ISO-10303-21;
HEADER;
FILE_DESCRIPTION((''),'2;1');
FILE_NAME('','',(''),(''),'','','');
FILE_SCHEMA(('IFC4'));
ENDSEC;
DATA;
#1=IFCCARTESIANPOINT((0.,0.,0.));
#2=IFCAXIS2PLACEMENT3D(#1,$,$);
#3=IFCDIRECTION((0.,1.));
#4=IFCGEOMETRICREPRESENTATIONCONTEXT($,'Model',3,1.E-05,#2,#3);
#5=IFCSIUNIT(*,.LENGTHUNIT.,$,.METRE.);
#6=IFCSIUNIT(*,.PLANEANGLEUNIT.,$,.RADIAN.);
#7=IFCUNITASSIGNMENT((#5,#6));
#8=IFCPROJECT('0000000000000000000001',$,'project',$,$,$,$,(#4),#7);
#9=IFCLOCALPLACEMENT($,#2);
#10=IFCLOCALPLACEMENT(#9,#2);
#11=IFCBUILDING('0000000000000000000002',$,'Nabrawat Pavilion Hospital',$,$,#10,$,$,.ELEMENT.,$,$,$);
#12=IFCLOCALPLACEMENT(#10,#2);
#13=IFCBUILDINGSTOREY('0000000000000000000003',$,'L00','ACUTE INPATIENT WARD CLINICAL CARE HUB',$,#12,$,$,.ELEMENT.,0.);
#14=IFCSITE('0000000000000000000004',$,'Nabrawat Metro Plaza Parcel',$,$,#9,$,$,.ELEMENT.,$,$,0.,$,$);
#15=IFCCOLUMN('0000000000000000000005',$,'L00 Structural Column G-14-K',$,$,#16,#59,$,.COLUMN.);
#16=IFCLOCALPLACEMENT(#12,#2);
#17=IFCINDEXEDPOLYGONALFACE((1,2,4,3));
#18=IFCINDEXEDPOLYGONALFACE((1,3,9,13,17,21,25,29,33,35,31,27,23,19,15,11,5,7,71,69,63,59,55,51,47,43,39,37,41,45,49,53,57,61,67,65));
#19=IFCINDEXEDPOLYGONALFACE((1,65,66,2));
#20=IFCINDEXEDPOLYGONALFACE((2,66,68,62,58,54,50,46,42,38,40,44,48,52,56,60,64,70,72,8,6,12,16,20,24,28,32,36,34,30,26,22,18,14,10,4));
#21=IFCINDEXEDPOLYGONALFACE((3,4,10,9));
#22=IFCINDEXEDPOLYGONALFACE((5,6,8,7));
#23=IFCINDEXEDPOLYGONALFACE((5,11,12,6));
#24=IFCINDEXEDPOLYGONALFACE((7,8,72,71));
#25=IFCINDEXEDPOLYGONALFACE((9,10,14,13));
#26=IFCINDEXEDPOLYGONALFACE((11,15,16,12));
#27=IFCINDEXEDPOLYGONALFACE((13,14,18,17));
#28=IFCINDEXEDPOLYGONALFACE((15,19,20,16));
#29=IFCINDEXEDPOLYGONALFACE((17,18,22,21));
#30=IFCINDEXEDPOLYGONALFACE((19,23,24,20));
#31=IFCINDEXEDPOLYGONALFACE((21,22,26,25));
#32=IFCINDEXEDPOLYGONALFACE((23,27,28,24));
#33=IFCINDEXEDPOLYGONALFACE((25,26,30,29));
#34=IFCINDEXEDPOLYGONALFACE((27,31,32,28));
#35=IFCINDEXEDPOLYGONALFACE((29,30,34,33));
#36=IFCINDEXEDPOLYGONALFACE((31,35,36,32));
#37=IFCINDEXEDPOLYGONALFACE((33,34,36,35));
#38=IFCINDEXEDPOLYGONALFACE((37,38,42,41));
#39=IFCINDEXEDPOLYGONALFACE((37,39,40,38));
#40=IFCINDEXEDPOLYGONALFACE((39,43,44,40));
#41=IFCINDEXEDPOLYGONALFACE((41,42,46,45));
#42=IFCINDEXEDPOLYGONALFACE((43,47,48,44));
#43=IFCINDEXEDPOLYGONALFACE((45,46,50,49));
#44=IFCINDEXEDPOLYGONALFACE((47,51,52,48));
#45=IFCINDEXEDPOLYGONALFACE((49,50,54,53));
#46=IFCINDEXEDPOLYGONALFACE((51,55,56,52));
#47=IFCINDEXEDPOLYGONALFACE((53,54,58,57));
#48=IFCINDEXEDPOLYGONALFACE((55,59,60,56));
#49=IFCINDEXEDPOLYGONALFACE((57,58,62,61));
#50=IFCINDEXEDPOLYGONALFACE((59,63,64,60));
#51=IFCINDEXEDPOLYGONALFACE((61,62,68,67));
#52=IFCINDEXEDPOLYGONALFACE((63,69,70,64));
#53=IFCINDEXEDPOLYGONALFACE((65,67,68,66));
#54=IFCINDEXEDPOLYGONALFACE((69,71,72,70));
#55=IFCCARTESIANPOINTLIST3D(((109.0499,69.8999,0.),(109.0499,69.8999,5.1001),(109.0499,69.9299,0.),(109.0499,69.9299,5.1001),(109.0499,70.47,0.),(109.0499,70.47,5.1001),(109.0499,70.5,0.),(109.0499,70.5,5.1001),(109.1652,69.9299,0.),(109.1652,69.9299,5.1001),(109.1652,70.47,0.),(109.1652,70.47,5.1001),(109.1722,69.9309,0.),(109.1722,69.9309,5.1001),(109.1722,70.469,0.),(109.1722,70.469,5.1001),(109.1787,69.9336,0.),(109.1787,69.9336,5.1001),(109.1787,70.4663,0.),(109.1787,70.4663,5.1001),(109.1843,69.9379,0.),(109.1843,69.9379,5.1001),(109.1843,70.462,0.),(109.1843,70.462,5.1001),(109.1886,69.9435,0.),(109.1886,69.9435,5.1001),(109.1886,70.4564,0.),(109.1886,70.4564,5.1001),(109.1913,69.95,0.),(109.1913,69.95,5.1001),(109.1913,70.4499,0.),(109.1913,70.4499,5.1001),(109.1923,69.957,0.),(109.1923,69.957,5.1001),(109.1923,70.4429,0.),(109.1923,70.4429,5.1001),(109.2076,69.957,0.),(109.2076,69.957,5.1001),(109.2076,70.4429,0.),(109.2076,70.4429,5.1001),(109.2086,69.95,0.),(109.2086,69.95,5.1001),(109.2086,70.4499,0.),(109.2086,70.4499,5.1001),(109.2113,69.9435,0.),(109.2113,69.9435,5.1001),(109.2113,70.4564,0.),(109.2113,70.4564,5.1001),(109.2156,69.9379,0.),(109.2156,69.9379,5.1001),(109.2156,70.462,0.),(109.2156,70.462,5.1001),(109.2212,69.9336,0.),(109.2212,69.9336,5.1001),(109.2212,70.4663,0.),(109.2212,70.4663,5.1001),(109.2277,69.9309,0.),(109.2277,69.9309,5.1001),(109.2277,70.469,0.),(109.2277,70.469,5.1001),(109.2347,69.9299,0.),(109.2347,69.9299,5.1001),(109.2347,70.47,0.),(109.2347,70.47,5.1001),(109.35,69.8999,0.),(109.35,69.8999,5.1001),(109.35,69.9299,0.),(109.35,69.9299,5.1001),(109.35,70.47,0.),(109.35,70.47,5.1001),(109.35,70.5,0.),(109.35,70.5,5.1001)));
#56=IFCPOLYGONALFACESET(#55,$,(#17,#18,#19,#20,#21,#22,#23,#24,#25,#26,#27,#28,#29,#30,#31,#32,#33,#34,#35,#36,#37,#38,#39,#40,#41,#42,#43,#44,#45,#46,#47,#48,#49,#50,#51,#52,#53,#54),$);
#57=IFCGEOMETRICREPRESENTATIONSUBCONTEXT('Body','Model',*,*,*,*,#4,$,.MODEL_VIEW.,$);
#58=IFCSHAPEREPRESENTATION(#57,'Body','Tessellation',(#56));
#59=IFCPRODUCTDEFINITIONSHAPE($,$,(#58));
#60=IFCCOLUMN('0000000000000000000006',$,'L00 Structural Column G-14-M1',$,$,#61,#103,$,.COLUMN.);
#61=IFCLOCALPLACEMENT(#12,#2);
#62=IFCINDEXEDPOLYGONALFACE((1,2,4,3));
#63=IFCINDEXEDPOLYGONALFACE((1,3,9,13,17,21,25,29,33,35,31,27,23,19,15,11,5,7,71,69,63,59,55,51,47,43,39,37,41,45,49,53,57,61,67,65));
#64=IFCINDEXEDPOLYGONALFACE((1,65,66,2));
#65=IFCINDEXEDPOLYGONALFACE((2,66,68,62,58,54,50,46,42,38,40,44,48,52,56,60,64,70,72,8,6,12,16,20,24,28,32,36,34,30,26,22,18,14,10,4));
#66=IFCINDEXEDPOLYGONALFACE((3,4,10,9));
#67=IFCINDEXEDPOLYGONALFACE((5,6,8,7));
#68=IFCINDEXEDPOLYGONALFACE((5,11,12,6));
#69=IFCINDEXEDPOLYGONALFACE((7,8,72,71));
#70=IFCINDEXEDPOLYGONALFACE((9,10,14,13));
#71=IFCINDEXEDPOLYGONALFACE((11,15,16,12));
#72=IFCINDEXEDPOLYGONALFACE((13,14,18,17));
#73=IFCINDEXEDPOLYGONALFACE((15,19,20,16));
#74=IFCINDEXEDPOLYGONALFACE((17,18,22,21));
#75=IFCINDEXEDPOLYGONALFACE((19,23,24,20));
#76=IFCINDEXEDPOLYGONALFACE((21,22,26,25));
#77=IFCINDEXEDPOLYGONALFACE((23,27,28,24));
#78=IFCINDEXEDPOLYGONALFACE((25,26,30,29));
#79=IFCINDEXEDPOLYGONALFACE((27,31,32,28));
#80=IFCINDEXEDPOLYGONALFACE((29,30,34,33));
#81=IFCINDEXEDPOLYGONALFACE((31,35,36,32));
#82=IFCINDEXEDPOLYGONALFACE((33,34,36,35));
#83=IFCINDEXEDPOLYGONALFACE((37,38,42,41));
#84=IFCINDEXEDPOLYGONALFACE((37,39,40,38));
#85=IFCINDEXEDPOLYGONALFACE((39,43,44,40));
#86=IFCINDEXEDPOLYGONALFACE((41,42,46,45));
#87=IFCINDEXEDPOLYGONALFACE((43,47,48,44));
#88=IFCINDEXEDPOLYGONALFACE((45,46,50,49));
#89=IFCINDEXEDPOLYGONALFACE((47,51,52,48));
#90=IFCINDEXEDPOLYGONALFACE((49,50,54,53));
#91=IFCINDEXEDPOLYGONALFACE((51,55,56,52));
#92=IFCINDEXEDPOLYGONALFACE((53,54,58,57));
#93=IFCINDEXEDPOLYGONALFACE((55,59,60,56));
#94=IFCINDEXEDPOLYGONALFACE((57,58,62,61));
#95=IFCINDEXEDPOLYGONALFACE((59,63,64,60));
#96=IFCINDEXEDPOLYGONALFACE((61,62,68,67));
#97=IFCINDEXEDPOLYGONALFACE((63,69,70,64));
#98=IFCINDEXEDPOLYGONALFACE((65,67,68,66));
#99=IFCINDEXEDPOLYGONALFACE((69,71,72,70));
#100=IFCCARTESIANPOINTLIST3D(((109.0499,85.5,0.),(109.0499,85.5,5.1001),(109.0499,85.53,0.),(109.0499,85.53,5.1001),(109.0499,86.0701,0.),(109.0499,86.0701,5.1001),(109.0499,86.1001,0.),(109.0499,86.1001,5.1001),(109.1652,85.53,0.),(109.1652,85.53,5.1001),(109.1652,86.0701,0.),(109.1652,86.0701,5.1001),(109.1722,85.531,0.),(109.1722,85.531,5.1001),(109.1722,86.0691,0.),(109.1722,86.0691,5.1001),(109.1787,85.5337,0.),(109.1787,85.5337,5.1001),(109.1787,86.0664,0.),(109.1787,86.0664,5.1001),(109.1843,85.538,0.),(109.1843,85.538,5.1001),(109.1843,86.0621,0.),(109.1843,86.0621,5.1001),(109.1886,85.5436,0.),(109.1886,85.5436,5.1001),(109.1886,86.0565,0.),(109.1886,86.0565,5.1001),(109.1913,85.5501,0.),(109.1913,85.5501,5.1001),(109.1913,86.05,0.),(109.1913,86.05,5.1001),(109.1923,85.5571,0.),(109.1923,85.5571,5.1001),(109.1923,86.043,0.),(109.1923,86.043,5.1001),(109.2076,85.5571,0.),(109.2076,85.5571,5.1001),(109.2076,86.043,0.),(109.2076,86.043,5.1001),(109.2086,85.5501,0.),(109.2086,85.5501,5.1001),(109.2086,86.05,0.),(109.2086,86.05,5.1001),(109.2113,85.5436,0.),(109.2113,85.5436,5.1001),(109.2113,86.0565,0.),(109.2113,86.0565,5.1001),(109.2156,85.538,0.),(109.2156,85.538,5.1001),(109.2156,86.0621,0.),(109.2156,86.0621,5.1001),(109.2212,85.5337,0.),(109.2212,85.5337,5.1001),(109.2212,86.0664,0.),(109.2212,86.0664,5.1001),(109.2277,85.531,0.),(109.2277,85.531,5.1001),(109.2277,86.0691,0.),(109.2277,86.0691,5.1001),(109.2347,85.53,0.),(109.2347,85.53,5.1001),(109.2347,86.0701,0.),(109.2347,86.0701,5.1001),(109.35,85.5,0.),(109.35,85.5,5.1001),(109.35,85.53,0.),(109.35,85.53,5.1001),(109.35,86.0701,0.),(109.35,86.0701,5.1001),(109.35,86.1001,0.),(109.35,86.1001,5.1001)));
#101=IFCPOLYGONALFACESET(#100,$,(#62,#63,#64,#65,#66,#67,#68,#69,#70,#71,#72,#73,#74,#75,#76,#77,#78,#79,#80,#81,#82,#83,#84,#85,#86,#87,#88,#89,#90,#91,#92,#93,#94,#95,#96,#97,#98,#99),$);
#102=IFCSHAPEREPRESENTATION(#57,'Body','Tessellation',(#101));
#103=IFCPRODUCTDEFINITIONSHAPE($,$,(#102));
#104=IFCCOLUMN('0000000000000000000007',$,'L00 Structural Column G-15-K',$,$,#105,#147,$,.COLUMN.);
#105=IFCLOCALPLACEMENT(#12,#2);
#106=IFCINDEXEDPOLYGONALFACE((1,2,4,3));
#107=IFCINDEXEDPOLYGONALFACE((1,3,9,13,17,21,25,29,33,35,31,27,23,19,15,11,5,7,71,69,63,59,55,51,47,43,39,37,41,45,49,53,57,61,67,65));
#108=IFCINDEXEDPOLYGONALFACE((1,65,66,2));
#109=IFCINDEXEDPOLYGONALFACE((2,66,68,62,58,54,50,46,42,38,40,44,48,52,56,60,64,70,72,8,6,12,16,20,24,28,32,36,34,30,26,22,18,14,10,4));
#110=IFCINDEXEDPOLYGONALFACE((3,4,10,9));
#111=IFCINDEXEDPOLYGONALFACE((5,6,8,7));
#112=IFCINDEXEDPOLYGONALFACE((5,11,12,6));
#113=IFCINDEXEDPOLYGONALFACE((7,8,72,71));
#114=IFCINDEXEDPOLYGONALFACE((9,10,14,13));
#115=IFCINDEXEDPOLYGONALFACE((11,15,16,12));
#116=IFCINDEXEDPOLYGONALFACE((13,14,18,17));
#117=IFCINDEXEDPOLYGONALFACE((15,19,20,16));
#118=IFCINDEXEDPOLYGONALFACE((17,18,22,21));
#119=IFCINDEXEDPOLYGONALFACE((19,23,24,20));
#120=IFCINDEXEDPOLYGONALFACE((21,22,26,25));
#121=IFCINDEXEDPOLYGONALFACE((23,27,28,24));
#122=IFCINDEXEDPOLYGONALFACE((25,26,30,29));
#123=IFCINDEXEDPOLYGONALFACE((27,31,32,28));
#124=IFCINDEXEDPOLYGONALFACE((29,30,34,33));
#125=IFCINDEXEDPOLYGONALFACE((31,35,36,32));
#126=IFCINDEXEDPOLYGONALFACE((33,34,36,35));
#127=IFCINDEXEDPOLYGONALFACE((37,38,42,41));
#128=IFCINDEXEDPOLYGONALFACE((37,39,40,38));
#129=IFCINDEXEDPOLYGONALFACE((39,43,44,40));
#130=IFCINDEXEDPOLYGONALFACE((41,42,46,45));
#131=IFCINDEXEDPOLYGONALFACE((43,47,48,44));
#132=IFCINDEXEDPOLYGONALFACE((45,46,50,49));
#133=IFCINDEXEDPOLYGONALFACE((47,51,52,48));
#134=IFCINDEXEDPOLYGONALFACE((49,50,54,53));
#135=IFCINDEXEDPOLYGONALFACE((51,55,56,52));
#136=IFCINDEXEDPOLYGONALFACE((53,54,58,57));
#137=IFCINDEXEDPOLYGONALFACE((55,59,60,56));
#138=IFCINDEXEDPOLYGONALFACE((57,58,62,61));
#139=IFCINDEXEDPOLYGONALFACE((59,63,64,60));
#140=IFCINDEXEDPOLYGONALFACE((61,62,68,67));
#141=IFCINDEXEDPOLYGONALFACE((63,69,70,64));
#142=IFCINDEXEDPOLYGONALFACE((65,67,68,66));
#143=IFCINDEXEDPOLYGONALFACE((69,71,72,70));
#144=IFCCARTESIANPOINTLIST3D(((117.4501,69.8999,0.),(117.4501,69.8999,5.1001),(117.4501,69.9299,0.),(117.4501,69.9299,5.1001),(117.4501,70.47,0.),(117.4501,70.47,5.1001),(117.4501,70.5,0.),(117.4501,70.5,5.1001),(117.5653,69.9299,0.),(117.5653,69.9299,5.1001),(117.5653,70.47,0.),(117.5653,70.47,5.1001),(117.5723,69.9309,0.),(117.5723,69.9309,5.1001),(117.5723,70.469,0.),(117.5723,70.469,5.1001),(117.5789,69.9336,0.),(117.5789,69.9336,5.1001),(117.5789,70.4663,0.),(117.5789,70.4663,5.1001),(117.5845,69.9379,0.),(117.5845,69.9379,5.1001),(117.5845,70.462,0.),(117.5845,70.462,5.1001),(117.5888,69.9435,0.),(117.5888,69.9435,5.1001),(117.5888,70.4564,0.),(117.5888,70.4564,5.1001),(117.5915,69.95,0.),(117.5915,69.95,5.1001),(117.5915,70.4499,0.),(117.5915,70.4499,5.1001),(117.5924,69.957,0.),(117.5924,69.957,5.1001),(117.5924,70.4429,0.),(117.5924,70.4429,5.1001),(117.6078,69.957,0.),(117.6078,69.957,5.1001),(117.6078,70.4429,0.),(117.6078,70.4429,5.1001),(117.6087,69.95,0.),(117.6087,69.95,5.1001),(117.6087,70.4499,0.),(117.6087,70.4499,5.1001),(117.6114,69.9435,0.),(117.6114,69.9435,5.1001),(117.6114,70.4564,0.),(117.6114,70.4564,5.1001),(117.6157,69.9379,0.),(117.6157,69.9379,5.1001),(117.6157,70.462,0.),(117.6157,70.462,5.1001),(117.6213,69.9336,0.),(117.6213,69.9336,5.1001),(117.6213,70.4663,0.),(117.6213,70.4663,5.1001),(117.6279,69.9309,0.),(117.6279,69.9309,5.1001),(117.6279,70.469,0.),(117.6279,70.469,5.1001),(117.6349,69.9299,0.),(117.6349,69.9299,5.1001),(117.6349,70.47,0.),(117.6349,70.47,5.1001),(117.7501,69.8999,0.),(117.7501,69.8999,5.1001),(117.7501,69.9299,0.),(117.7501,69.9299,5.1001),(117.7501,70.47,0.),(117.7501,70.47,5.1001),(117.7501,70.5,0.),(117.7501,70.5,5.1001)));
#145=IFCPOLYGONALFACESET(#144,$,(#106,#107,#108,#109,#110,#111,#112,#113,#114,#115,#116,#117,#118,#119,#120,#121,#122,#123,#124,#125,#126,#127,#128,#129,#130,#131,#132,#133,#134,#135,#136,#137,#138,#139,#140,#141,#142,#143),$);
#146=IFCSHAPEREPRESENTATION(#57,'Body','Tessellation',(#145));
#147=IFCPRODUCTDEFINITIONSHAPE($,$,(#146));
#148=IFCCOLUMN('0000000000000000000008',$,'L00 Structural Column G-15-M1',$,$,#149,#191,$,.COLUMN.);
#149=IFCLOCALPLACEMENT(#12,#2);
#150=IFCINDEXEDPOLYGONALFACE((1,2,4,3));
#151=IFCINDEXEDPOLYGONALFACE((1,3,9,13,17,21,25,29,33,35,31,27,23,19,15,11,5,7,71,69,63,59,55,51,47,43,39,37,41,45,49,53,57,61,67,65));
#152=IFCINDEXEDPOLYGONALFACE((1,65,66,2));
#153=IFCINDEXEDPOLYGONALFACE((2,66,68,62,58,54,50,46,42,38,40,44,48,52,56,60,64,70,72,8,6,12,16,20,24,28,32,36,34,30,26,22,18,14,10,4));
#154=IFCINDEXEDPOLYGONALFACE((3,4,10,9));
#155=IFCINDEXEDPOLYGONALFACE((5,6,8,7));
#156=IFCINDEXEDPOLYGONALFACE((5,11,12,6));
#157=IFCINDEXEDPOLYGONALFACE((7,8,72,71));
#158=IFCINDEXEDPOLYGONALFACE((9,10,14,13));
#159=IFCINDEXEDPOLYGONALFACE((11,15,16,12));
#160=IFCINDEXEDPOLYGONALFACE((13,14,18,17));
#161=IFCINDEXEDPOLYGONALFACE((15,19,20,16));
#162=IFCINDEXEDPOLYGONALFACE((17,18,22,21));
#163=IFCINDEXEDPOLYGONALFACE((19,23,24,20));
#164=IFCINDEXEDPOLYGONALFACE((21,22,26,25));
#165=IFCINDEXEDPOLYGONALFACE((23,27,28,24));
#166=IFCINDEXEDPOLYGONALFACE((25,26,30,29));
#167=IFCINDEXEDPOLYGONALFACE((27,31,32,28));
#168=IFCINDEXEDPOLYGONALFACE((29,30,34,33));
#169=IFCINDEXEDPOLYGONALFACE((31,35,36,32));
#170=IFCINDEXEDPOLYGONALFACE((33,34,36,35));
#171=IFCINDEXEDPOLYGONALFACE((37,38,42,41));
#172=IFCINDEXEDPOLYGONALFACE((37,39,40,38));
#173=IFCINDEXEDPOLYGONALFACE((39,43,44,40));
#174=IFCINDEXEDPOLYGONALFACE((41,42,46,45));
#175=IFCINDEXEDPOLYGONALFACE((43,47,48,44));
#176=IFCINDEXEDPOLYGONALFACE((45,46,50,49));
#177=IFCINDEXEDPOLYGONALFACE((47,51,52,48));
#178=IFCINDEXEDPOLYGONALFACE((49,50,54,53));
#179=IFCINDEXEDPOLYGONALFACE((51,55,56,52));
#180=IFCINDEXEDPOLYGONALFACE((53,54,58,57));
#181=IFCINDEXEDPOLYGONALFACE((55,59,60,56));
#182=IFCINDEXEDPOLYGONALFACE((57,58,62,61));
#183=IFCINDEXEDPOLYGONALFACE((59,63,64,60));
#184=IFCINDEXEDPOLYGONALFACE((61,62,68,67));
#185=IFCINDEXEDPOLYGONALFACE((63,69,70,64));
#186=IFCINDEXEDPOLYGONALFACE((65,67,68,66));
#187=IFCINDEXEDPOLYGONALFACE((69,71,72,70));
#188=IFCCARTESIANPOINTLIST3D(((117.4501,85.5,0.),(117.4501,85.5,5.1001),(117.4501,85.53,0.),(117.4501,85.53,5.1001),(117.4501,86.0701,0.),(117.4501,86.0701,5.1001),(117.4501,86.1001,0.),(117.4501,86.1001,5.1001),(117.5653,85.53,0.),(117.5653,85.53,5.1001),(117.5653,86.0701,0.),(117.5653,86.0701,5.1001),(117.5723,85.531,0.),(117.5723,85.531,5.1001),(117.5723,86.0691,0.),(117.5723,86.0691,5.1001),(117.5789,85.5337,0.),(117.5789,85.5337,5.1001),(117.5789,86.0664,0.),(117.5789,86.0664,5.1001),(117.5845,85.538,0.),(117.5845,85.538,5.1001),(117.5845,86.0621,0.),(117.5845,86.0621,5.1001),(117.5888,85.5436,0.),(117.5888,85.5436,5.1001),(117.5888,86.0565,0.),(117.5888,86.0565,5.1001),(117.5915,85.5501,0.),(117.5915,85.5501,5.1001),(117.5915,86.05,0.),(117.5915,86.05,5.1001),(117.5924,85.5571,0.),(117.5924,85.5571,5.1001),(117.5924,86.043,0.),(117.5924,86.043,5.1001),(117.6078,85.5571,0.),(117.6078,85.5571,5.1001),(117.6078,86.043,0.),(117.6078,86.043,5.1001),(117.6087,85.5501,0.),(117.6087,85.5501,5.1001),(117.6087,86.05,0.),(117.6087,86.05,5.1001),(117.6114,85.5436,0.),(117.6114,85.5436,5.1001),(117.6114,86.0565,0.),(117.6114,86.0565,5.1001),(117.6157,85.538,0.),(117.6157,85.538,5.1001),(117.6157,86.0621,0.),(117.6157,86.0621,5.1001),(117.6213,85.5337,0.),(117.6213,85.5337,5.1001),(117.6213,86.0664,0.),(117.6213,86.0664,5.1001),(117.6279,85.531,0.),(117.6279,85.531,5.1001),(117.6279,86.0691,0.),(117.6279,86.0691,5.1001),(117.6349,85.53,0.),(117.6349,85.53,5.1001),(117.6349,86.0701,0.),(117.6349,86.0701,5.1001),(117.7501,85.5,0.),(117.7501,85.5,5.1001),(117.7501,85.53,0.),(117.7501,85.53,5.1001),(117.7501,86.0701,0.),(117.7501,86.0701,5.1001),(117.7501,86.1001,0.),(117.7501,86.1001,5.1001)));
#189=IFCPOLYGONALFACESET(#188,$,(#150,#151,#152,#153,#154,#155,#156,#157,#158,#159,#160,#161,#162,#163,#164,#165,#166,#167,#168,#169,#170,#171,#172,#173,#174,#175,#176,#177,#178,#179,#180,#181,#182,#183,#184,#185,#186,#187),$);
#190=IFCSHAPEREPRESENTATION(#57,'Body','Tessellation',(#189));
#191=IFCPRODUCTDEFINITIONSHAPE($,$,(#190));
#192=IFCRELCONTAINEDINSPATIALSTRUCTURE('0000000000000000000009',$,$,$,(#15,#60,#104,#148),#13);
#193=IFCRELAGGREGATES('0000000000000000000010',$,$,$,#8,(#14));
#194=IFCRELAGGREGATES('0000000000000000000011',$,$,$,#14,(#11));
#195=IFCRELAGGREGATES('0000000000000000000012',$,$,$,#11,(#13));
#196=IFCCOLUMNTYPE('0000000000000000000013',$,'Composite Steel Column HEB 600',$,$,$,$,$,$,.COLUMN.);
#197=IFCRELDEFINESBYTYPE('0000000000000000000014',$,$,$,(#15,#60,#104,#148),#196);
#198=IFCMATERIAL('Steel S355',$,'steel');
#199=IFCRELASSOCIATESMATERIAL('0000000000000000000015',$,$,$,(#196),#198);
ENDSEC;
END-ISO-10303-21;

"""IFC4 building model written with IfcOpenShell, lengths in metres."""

from ifc_helpers import new_model, si_unit, direction, frame, origin, origin_2d, place, context, subcontext, project, spatial, i_section, extrude, material, material_profile, profile_set, type_object, element, save


model = new_model("IFC4")

# Units and contexts
model_context = context("Model", 3, precision=1e-05, world=origin(), true_north=direction((0.0, 1.0)))
body_context = subcontext(model_context, "Body", "Model", "MODEL_VIEW")
ifc_project = project(units=[si_unit("LENGTHUNIT", "METRE"), si_unit("PLANEANGLEUNIT", "RADIAN")], contexts=[model_context])

# Site, building, storey
site_placement = place(None, origin())
site = spatial("IfcSite", under=ifc_project, at=site_placement, Name="Nabrawat Metro Plaza Parcel", CompositionType="ELEMENT", RefElevation=0.0)
building_placement = place(site_placement, origin())
building = spatial("IfcBuilding", under=site, at=building_placement, Name="Nabrawat Pavilion Hospital", CompositionType="ELEMENT")
storey_placement = place(building_placement, origin())
storey = spatial("IfcBuildingStorey", under=building, at=storey_placement, Name="L00", Description="ACUTE INPATIENT WARD CLINICAL CARE HUB", CompositionType="ELEMENT", Elevation=0.0)

# Columns
ifc_material_1 = material(Name="Steel S355", Category="steel")
ifc_material_profile_1 = material_profile(ifc_material_1, i_section(OverallWidth=0.3, OverallDepth=0.6001, WebThickness=0.0154, FlangeThickness=0.03, FilletRadius=0.0271, at=origin_2d()), Name="HEB 600")
ifc_profile_set_1 = profile_set([ifc_material_profile_1], Name="Steel S355")
column_type_1 = type_object("IfcColumnType", Name="Composite Steel Column HEB 600", PredefinedType="COLUMN", material=ifc_profile_set_1)
for number, where, z_axis, x_axis, name in (
    (1, (109.2, 70.2, 0.0), (0.0, 0.0, 1.0), (1.0, 0.0, 0.0), "L00 Structural Column G-14-K"),
    (2, (109.2, 85.8, 0.0), (0.0, 0.0, 1.0), (1.0, 0.0, 0.0), "L00 Structural Column G-14-M1"),
    (3, (117.6001, 70.2, 0.0), (0.0, 0.0, 1.0), (1.0, 0.0, 0.0), "L00 Structural Column G-15-K"),
    (4, (117.6001, 85.8, 0.0), (0.0, 0.0, 1.0), (1.0, 0.0, 0.0), "L00 Structural Column G-15-M1"),
):
    element("IfcColumn", number, at=place(storey_placement, frame(where, z_axis=z_axis, x_axis=x_axis)), inside=storey, type_object=column_type_1, Name=name, PredefinedType="COLUMN", context=body_context, shape_type="SweptSolid", body=[
        extrude(i_section(OverallWidth=0.3, OverallDepth=0.6001, WebThickness=0.0154, FlangeThickness=0.03, FilletRadius=0.0271, at=origin_2d()), origin(), (0.0, 0.0, 1.0), 5.1001),
    ])

save(model, "model.ifc")
